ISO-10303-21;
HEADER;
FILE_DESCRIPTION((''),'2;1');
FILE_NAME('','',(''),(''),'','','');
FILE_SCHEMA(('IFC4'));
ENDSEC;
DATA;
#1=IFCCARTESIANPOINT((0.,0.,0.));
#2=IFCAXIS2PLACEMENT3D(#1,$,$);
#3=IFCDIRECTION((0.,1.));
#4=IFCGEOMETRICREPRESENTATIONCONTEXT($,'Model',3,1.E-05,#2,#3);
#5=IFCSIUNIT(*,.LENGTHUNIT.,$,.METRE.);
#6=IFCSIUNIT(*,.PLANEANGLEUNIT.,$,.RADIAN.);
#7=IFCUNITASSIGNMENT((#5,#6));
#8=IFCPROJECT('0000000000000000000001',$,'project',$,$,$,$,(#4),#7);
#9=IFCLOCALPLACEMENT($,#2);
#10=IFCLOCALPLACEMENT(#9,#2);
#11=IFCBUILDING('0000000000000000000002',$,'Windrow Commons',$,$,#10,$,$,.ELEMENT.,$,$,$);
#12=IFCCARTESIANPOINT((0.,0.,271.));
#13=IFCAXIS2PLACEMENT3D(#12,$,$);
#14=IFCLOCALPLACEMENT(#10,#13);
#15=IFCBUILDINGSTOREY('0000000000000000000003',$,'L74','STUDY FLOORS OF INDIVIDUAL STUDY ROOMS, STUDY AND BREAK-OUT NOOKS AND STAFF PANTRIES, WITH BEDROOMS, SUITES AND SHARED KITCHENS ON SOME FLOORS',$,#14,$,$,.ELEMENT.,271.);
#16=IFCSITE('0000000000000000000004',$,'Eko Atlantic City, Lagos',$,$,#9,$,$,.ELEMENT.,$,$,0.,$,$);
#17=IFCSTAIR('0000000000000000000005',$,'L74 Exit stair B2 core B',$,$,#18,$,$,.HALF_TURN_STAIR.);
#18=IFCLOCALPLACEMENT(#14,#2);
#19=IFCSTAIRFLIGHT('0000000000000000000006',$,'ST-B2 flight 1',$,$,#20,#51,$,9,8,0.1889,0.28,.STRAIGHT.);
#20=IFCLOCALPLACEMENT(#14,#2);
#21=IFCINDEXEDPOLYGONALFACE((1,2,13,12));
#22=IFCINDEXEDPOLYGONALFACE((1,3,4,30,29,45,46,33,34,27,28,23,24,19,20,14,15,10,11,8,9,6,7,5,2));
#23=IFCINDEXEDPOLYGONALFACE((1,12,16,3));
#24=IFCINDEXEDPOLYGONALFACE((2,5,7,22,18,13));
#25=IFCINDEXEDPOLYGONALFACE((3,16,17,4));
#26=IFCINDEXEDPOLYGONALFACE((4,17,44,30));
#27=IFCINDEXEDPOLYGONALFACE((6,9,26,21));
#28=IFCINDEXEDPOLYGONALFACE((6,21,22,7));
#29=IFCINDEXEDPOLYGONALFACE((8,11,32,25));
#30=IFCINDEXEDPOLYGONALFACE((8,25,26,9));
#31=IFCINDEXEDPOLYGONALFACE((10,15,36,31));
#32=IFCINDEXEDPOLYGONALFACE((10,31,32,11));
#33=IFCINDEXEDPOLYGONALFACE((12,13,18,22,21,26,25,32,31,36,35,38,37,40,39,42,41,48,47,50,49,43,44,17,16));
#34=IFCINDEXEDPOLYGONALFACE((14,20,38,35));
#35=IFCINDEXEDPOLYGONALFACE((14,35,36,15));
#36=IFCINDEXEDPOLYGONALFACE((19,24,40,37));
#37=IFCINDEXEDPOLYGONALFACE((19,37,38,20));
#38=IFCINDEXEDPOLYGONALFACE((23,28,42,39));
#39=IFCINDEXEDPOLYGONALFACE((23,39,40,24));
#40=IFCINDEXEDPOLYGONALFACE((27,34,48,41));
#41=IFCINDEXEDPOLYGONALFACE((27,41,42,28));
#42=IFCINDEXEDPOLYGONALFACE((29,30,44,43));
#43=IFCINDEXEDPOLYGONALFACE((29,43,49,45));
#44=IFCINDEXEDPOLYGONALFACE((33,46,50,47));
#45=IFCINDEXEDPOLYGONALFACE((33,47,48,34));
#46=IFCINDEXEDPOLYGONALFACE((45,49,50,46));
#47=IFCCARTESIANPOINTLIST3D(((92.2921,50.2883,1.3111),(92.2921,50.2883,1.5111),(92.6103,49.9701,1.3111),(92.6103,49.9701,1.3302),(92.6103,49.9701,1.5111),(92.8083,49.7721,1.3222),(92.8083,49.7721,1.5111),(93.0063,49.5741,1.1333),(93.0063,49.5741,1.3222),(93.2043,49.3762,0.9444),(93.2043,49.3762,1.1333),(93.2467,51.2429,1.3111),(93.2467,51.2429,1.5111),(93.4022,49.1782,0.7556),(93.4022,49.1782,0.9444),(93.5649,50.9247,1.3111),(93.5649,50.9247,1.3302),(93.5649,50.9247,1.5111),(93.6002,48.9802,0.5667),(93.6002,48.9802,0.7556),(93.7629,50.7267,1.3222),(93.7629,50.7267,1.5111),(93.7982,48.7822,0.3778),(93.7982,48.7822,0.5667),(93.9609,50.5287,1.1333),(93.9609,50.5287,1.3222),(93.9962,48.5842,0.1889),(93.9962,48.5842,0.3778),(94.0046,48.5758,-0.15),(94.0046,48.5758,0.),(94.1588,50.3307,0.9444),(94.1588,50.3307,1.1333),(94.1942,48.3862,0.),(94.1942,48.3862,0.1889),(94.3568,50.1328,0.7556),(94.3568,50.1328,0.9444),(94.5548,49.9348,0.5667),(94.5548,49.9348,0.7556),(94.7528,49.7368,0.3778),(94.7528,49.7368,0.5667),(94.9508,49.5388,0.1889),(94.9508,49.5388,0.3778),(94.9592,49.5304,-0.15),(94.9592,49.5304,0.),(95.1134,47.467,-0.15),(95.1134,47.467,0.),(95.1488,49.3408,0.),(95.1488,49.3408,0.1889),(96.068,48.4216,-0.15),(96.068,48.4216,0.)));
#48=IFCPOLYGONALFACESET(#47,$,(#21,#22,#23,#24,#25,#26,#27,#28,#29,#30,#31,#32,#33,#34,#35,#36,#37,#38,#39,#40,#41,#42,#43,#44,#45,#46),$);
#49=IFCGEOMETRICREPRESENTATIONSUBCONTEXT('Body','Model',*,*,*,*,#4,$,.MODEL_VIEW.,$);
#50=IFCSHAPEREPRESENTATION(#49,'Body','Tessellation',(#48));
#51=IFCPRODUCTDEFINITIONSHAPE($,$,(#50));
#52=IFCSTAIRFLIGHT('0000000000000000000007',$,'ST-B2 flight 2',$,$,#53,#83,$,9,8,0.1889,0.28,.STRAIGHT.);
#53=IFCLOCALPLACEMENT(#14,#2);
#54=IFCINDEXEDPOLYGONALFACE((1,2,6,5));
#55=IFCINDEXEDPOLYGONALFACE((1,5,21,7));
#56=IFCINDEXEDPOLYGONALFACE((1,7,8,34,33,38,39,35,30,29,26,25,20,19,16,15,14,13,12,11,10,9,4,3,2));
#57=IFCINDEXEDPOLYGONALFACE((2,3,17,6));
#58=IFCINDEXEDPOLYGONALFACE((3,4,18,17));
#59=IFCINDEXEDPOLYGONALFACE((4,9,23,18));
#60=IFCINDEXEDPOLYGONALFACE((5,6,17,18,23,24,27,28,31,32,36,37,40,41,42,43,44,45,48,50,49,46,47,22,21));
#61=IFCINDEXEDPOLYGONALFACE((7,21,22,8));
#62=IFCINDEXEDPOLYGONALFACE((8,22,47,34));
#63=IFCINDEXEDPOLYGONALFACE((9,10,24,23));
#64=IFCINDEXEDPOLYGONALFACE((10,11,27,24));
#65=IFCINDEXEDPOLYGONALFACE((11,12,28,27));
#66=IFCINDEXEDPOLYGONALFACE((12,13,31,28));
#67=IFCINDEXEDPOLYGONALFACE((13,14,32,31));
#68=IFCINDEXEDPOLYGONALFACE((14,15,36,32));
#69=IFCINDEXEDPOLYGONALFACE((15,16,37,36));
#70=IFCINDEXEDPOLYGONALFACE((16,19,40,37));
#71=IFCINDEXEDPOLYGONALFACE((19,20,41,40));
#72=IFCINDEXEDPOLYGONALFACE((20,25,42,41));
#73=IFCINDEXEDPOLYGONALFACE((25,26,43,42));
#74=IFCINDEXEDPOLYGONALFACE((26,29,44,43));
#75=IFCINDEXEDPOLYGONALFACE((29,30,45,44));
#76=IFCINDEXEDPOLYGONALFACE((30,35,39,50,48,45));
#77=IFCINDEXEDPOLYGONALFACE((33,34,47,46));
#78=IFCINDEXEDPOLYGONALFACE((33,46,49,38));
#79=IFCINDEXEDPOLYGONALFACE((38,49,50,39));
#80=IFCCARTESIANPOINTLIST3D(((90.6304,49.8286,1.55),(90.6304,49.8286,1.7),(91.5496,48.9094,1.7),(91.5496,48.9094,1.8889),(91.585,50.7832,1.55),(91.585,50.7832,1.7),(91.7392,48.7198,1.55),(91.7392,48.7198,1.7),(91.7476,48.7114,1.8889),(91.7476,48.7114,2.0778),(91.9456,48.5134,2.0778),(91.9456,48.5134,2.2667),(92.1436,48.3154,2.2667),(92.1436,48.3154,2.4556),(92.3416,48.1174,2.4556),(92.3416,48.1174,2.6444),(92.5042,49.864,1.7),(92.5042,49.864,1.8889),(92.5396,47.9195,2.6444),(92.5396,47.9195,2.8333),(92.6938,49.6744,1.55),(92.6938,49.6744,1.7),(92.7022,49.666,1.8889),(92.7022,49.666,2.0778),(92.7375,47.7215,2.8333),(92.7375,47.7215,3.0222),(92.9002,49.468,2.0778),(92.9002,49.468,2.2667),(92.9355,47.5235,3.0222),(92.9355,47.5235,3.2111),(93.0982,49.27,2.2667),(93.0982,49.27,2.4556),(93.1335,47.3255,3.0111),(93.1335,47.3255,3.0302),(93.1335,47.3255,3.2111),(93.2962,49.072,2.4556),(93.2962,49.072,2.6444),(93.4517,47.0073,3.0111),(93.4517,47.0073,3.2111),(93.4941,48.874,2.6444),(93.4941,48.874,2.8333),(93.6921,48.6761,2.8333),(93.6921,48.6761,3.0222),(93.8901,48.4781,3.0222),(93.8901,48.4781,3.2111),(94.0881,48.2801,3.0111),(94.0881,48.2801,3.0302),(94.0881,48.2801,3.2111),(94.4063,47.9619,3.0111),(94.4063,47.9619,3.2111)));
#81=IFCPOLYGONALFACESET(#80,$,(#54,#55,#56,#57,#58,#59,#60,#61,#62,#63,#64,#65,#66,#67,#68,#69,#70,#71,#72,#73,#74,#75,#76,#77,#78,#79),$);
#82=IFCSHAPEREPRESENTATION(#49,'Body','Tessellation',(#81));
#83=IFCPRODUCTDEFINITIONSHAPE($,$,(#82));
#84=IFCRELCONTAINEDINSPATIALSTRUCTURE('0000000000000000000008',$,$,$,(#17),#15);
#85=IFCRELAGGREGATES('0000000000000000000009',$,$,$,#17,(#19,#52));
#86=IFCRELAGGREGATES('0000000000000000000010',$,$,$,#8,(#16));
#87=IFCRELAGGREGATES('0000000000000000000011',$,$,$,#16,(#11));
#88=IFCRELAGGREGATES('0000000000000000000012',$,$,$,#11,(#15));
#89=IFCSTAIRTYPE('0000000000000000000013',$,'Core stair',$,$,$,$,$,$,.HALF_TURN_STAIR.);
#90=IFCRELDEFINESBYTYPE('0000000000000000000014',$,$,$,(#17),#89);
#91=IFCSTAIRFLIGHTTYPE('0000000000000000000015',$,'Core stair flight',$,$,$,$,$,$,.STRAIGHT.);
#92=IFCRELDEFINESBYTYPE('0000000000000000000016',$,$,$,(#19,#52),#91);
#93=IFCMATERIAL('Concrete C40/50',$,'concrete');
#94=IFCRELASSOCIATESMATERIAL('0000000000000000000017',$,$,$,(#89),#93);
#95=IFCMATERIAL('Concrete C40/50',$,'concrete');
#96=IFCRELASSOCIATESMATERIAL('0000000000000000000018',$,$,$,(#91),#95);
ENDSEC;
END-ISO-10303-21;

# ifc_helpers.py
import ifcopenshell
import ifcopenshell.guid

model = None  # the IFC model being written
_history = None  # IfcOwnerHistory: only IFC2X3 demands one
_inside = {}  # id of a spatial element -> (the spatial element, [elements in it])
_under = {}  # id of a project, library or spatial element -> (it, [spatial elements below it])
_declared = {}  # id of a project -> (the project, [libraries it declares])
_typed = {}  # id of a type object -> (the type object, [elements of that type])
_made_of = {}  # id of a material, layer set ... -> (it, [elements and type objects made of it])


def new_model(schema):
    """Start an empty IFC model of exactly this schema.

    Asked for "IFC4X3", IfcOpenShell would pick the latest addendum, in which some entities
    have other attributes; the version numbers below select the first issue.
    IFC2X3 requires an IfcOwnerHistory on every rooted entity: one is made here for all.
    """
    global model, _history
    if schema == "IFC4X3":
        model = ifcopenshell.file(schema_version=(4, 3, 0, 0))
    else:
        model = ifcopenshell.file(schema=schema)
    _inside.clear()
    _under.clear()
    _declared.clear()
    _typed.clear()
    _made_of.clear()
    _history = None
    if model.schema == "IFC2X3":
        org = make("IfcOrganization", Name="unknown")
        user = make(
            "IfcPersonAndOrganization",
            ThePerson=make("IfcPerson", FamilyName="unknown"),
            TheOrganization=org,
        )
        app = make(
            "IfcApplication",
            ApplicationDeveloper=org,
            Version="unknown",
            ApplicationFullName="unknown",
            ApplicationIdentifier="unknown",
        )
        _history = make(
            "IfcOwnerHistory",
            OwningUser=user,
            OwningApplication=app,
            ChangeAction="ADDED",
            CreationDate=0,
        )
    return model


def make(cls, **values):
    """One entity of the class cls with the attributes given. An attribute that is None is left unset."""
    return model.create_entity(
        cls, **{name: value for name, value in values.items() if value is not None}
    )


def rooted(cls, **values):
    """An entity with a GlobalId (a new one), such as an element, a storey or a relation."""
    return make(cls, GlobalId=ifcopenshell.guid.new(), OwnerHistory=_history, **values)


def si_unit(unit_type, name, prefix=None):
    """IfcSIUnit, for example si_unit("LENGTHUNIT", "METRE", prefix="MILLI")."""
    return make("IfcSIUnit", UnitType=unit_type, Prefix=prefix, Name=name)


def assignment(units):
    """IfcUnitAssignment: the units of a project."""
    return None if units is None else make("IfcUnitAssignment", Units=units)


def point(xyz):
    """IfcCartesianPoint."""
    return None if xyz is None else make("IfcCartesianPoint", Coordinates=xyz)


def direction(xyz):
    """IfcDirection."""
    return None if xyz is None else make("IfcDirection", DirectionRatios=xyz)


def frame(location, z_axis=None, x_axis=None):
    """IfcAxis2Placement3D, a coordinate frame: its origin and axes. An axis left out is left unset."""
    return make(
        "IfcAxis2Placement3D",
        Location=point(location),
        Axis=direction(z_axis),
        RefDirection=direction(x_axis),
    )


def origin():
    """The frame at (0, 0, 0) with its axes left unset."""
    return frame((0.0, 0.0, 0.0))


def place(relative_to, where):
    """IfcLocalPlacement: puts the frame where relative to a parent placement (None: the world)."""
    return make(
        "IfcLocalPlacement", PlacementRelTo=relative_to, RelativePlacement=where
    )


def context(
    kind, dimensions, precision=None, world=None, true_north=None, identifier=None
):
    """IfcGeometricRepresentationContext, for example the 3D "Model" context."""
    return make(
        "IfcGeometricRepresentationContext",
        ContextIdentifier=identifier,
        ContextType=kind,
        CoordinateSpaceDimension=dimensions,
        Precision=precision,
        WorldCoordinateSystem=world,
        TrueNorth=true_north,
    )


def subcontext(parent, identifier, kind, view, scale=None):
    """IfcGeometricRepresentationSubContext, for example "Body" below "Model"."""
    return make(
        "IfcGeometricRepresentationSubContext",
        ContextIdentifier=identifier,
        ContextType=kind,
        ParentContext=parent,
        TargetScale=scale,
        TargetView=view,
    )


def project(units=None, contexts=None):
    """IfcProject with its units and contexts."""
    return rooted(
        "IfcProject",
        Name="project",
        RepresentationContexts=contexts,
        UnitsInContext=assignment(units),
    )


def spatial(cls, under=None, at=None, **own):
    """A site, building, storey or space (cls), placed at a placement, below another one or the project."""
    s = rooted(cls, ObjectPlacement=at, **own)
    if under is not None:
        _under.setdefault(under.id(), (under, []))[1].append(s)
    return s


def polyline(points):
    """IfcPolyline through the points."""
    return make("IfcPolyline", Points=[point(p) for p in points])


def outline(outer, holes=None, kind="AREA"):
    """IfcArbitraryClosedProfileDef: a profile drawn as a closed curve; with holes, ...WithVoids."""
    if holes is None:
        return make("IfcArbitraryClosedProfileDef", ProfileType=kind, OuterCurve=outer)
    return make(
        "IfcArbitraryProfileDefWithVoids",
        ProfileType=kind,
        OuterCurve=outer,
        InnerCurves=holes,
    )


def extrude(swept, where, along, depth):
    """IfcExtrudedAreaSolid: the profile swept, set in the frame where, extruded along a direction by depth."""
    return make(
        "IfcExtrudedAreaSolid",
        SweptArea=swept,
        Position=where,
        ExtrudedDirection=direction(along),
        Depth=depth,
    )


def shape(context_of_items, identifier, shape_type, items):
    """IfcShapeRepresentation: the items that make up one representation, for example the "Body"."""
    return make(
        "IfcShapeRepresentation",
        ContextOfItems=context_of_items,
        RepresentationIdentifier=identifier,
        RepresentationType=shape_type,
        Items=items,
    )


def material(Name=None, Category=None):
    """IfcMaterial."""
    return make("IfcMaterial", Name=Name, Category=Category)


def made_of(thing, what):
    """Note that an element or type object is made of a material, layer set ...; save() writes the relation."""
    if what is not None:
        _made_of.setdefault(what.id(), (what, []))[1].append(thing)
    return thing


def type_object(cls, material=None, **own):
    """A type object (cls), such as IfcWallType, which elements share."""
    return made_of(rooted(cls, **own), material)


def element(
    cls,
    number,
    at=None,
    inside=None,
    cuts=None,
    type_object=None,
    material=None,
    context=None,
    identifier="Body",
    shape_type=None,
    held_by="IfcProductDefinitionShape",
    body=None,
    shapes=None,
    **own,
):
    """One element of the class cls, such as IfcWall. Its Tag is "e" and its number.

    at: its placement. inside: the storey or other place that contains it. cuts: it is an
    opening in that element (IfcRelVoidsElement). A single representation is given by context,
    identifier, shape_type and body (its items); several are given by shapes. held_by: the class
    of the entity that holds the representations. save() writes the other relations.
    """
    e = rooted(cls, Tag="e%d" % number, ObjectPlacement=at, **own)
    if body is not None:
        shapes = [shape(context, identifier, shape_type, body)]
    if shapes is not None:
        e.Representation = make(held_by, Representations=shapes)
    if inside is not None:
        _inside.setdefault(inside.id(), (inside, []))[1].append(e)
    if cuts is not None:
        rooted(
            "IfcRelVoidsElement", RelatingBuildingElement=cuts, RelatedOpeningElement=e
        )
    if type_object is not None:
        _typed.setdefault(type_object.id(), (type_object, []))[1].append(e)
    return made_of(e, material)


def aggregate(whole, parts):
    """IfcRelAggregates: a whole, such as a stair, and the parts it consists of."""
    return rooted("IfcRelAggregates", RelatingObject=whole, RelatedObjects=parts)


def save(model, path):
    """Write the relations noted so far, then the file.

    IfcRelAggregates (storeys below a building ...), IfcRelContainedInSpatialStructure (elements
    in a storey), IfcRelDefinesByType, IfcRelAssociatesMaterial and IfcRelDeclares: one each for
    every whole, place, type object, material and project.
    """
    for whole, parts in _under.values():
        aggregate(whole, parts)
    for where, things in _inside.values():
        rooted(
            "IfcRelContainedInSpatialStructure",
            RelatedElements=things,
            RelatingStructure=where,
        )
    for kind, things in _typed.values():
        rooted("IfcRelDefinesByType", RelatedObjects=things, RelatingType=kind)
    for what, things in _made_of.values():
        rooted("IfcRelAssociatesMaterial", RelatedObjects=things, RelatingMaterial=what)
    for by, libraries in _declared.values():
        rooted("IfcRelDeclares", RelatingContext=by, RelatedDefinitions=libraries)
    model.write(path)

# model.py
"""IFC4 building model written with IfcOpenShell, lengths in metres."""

from ifc_helpers import new_model, si_unit, direction, frame, origin, place, context, subcontext, project, spatial, polyline, outline, extrude, material, type_object, element, aggregate, save


model = new_model("IFC4")

# Units and contexts
model_context = context("Model", 3, precision=1e-05, world=origin(), true_north=direction((0.0, 1.0)))
body_context = subcontext(model_context, "Body", "Model", "MODEL_VIEW")
ifc_project = project(units=[si_unit("LENGTHUNIT", "METRE"), si_unit("PLANEANGLEUNIT", "RADIAN")], contexts=[model_context])

# Site, building, storey
site_placement = place(None, origin())
site = spatial("IfcSite", under=ifc_project, at=site_placement, Name="Eko Atlantic City, Lagos", CompositionType="ELEMENT", RefElevation=0.0)
building_placement = place(site_placement, origin())
building = spatial("IfcBuilding", under=site, at=building_placement, Name="Windrow Commons", CompositionType="ELEMENT")
storey_placement = place(building_placement, frame((0.0, 0.0, 271.0)))
storey = spatial("IfcBuildingStorey", under=building, at=storey_placement, Name="L74", Description="STUDY FLOORS OF INDIVIDUAL STUDY ROOMS, STUDY AND BREAK-OUT NOOKS AND STAFF PANTRIES, WITH BEDROOMS, SUITES AND SHARED KITCHENS ON SOME FLOORS", CompositionType="ELEMENT", Elevation=271.0)

# Stair, stair flights
ifc_material_1 = material(Name="Concrete C40/50", Category="concrete")
stair_type = type_object("IfcStairType", Name="Core stair", PredefinedType="HALF_TURN_STAIR", material=ifc_material_1)
stair_placement = place(storey_placement, origin())
stair = element("IfcStair", 1, at=stair_placement, inside=storey, type_object=stair_type, Name="L74 Exit stair B2 core B", PredefinedType="HALF_TURN_STAIR")
ifc_material_2 = material(Name="Concrete C40/50", Category="concrete")
stair_flight_type = type_object("IfcStairFlightType", Name="Core stair flight", PredefinedType="STRAIGHT", material=ifc_material_2)
stair_flight_1_placement = place(storey_placement, frame((94.6715, 48.8635, 0.0), z_axis=(0.0, 0.0, 1.0), x_axis=(-0.707107, 0.707107, 0.0)))
stair_flight_1 = element("IfcStairFlight", 2, at=stair_flight_1_placement, type_object=stair_flight_type, Name="ST-B2 flight 1", NumberOfRisers=9, NumberOfTreads=8, PredefinedType="STRAIGHT", RiserHeight=0.1889, TreadLength=0.28, context=body_context, shape_type="SweptSolid", body=[
    extrude(outline(polyline([(-1.3, -0.15), (-1.3, 0.0), (0.0, 0.0), (0.0, 0.1889), (0.28, 0.1889), (0.28, 0.3778), (0.56, 0.3778), (0.56, 0.5667), (0.84, 0.5667), (0.84, 0.7556), (1.12, 0.7556), (1.12, 0.9444), (1.4, 0.9444), (1.4, 1.1333), (1.68, 1.1333), (1.68, 1.3222), (1.96, 1.3222), (1.96, 1.5111), (2.24, 1.5111), (2.69, 1.5111), (2.69, 1.3111), (2.24, 1.3111), (2.24, 1.3302), (0.2682, 0.0), (0.2682, -0.15), (-1.3, -0.15)])), frame((0.0, 0.675, 0.0), z_axis=(0.0, -1.0, 0.0), x_axis=(1.0, 0.0, 0.0)), (0.0, 0.0, 1.0), 1.35),
])
stair_flight_2_placement = place(storey_placement, frame((92.0269, 49.3867, 1.7), z_axis=(0.0, 0.0, 1.0), x_axis=(0.707107, -0.707107, 0.0)))
stair_flight_2 = element("IfcStairFlight", 3, at=stair_flight_2_placement, type_object=stair_flight_type, Name="ST-B2 flight 2", NumberOfRisers=9, NumberOfTreads=8, PredefinedType="STRAIGHT", RiserHeight=0.1889, TreadLength=0.28, context=body_context, shape_type="SweptSolid", body=[
    extrude(outline(polyline([(-1.3, -0.15), (-1.3, 0.0), (0.0, 0.0), (0.0, 0.1889), (0.28, 0.1889), (0.28, 0.3778), (0.56, 0.3778), (0.56, 0.5667), (0.84, 0.5667), (0.84, 0.7556), (1.12, 0.7556), (1.12, 0.9444), (1.4, 0.9444), (1.4, 1.1333), (1.68, 1.1333), (1.68, 1.3222), (1.96, 1.3222), (1.96, 1.5111), (2.24, 1.5111), (2.69, 1.5111), (2.69, 1.3111), (2.24, 1.3111), (2.24, 1.3302), (0.2682, 0.0), (0.2682, -0.15), (-1.3, -0.15)])), frame((0.0, 0.675, 0.0), z_axis=(0.0, -1.0, 0.0), x_axis=(1.0, 0.0, 0.0)), (0.0, 0.0, 1.0), 1.35),
])
aggregate(stair, [stair_flight_1, stair_flight_2])

save(model, "model.ifc")
